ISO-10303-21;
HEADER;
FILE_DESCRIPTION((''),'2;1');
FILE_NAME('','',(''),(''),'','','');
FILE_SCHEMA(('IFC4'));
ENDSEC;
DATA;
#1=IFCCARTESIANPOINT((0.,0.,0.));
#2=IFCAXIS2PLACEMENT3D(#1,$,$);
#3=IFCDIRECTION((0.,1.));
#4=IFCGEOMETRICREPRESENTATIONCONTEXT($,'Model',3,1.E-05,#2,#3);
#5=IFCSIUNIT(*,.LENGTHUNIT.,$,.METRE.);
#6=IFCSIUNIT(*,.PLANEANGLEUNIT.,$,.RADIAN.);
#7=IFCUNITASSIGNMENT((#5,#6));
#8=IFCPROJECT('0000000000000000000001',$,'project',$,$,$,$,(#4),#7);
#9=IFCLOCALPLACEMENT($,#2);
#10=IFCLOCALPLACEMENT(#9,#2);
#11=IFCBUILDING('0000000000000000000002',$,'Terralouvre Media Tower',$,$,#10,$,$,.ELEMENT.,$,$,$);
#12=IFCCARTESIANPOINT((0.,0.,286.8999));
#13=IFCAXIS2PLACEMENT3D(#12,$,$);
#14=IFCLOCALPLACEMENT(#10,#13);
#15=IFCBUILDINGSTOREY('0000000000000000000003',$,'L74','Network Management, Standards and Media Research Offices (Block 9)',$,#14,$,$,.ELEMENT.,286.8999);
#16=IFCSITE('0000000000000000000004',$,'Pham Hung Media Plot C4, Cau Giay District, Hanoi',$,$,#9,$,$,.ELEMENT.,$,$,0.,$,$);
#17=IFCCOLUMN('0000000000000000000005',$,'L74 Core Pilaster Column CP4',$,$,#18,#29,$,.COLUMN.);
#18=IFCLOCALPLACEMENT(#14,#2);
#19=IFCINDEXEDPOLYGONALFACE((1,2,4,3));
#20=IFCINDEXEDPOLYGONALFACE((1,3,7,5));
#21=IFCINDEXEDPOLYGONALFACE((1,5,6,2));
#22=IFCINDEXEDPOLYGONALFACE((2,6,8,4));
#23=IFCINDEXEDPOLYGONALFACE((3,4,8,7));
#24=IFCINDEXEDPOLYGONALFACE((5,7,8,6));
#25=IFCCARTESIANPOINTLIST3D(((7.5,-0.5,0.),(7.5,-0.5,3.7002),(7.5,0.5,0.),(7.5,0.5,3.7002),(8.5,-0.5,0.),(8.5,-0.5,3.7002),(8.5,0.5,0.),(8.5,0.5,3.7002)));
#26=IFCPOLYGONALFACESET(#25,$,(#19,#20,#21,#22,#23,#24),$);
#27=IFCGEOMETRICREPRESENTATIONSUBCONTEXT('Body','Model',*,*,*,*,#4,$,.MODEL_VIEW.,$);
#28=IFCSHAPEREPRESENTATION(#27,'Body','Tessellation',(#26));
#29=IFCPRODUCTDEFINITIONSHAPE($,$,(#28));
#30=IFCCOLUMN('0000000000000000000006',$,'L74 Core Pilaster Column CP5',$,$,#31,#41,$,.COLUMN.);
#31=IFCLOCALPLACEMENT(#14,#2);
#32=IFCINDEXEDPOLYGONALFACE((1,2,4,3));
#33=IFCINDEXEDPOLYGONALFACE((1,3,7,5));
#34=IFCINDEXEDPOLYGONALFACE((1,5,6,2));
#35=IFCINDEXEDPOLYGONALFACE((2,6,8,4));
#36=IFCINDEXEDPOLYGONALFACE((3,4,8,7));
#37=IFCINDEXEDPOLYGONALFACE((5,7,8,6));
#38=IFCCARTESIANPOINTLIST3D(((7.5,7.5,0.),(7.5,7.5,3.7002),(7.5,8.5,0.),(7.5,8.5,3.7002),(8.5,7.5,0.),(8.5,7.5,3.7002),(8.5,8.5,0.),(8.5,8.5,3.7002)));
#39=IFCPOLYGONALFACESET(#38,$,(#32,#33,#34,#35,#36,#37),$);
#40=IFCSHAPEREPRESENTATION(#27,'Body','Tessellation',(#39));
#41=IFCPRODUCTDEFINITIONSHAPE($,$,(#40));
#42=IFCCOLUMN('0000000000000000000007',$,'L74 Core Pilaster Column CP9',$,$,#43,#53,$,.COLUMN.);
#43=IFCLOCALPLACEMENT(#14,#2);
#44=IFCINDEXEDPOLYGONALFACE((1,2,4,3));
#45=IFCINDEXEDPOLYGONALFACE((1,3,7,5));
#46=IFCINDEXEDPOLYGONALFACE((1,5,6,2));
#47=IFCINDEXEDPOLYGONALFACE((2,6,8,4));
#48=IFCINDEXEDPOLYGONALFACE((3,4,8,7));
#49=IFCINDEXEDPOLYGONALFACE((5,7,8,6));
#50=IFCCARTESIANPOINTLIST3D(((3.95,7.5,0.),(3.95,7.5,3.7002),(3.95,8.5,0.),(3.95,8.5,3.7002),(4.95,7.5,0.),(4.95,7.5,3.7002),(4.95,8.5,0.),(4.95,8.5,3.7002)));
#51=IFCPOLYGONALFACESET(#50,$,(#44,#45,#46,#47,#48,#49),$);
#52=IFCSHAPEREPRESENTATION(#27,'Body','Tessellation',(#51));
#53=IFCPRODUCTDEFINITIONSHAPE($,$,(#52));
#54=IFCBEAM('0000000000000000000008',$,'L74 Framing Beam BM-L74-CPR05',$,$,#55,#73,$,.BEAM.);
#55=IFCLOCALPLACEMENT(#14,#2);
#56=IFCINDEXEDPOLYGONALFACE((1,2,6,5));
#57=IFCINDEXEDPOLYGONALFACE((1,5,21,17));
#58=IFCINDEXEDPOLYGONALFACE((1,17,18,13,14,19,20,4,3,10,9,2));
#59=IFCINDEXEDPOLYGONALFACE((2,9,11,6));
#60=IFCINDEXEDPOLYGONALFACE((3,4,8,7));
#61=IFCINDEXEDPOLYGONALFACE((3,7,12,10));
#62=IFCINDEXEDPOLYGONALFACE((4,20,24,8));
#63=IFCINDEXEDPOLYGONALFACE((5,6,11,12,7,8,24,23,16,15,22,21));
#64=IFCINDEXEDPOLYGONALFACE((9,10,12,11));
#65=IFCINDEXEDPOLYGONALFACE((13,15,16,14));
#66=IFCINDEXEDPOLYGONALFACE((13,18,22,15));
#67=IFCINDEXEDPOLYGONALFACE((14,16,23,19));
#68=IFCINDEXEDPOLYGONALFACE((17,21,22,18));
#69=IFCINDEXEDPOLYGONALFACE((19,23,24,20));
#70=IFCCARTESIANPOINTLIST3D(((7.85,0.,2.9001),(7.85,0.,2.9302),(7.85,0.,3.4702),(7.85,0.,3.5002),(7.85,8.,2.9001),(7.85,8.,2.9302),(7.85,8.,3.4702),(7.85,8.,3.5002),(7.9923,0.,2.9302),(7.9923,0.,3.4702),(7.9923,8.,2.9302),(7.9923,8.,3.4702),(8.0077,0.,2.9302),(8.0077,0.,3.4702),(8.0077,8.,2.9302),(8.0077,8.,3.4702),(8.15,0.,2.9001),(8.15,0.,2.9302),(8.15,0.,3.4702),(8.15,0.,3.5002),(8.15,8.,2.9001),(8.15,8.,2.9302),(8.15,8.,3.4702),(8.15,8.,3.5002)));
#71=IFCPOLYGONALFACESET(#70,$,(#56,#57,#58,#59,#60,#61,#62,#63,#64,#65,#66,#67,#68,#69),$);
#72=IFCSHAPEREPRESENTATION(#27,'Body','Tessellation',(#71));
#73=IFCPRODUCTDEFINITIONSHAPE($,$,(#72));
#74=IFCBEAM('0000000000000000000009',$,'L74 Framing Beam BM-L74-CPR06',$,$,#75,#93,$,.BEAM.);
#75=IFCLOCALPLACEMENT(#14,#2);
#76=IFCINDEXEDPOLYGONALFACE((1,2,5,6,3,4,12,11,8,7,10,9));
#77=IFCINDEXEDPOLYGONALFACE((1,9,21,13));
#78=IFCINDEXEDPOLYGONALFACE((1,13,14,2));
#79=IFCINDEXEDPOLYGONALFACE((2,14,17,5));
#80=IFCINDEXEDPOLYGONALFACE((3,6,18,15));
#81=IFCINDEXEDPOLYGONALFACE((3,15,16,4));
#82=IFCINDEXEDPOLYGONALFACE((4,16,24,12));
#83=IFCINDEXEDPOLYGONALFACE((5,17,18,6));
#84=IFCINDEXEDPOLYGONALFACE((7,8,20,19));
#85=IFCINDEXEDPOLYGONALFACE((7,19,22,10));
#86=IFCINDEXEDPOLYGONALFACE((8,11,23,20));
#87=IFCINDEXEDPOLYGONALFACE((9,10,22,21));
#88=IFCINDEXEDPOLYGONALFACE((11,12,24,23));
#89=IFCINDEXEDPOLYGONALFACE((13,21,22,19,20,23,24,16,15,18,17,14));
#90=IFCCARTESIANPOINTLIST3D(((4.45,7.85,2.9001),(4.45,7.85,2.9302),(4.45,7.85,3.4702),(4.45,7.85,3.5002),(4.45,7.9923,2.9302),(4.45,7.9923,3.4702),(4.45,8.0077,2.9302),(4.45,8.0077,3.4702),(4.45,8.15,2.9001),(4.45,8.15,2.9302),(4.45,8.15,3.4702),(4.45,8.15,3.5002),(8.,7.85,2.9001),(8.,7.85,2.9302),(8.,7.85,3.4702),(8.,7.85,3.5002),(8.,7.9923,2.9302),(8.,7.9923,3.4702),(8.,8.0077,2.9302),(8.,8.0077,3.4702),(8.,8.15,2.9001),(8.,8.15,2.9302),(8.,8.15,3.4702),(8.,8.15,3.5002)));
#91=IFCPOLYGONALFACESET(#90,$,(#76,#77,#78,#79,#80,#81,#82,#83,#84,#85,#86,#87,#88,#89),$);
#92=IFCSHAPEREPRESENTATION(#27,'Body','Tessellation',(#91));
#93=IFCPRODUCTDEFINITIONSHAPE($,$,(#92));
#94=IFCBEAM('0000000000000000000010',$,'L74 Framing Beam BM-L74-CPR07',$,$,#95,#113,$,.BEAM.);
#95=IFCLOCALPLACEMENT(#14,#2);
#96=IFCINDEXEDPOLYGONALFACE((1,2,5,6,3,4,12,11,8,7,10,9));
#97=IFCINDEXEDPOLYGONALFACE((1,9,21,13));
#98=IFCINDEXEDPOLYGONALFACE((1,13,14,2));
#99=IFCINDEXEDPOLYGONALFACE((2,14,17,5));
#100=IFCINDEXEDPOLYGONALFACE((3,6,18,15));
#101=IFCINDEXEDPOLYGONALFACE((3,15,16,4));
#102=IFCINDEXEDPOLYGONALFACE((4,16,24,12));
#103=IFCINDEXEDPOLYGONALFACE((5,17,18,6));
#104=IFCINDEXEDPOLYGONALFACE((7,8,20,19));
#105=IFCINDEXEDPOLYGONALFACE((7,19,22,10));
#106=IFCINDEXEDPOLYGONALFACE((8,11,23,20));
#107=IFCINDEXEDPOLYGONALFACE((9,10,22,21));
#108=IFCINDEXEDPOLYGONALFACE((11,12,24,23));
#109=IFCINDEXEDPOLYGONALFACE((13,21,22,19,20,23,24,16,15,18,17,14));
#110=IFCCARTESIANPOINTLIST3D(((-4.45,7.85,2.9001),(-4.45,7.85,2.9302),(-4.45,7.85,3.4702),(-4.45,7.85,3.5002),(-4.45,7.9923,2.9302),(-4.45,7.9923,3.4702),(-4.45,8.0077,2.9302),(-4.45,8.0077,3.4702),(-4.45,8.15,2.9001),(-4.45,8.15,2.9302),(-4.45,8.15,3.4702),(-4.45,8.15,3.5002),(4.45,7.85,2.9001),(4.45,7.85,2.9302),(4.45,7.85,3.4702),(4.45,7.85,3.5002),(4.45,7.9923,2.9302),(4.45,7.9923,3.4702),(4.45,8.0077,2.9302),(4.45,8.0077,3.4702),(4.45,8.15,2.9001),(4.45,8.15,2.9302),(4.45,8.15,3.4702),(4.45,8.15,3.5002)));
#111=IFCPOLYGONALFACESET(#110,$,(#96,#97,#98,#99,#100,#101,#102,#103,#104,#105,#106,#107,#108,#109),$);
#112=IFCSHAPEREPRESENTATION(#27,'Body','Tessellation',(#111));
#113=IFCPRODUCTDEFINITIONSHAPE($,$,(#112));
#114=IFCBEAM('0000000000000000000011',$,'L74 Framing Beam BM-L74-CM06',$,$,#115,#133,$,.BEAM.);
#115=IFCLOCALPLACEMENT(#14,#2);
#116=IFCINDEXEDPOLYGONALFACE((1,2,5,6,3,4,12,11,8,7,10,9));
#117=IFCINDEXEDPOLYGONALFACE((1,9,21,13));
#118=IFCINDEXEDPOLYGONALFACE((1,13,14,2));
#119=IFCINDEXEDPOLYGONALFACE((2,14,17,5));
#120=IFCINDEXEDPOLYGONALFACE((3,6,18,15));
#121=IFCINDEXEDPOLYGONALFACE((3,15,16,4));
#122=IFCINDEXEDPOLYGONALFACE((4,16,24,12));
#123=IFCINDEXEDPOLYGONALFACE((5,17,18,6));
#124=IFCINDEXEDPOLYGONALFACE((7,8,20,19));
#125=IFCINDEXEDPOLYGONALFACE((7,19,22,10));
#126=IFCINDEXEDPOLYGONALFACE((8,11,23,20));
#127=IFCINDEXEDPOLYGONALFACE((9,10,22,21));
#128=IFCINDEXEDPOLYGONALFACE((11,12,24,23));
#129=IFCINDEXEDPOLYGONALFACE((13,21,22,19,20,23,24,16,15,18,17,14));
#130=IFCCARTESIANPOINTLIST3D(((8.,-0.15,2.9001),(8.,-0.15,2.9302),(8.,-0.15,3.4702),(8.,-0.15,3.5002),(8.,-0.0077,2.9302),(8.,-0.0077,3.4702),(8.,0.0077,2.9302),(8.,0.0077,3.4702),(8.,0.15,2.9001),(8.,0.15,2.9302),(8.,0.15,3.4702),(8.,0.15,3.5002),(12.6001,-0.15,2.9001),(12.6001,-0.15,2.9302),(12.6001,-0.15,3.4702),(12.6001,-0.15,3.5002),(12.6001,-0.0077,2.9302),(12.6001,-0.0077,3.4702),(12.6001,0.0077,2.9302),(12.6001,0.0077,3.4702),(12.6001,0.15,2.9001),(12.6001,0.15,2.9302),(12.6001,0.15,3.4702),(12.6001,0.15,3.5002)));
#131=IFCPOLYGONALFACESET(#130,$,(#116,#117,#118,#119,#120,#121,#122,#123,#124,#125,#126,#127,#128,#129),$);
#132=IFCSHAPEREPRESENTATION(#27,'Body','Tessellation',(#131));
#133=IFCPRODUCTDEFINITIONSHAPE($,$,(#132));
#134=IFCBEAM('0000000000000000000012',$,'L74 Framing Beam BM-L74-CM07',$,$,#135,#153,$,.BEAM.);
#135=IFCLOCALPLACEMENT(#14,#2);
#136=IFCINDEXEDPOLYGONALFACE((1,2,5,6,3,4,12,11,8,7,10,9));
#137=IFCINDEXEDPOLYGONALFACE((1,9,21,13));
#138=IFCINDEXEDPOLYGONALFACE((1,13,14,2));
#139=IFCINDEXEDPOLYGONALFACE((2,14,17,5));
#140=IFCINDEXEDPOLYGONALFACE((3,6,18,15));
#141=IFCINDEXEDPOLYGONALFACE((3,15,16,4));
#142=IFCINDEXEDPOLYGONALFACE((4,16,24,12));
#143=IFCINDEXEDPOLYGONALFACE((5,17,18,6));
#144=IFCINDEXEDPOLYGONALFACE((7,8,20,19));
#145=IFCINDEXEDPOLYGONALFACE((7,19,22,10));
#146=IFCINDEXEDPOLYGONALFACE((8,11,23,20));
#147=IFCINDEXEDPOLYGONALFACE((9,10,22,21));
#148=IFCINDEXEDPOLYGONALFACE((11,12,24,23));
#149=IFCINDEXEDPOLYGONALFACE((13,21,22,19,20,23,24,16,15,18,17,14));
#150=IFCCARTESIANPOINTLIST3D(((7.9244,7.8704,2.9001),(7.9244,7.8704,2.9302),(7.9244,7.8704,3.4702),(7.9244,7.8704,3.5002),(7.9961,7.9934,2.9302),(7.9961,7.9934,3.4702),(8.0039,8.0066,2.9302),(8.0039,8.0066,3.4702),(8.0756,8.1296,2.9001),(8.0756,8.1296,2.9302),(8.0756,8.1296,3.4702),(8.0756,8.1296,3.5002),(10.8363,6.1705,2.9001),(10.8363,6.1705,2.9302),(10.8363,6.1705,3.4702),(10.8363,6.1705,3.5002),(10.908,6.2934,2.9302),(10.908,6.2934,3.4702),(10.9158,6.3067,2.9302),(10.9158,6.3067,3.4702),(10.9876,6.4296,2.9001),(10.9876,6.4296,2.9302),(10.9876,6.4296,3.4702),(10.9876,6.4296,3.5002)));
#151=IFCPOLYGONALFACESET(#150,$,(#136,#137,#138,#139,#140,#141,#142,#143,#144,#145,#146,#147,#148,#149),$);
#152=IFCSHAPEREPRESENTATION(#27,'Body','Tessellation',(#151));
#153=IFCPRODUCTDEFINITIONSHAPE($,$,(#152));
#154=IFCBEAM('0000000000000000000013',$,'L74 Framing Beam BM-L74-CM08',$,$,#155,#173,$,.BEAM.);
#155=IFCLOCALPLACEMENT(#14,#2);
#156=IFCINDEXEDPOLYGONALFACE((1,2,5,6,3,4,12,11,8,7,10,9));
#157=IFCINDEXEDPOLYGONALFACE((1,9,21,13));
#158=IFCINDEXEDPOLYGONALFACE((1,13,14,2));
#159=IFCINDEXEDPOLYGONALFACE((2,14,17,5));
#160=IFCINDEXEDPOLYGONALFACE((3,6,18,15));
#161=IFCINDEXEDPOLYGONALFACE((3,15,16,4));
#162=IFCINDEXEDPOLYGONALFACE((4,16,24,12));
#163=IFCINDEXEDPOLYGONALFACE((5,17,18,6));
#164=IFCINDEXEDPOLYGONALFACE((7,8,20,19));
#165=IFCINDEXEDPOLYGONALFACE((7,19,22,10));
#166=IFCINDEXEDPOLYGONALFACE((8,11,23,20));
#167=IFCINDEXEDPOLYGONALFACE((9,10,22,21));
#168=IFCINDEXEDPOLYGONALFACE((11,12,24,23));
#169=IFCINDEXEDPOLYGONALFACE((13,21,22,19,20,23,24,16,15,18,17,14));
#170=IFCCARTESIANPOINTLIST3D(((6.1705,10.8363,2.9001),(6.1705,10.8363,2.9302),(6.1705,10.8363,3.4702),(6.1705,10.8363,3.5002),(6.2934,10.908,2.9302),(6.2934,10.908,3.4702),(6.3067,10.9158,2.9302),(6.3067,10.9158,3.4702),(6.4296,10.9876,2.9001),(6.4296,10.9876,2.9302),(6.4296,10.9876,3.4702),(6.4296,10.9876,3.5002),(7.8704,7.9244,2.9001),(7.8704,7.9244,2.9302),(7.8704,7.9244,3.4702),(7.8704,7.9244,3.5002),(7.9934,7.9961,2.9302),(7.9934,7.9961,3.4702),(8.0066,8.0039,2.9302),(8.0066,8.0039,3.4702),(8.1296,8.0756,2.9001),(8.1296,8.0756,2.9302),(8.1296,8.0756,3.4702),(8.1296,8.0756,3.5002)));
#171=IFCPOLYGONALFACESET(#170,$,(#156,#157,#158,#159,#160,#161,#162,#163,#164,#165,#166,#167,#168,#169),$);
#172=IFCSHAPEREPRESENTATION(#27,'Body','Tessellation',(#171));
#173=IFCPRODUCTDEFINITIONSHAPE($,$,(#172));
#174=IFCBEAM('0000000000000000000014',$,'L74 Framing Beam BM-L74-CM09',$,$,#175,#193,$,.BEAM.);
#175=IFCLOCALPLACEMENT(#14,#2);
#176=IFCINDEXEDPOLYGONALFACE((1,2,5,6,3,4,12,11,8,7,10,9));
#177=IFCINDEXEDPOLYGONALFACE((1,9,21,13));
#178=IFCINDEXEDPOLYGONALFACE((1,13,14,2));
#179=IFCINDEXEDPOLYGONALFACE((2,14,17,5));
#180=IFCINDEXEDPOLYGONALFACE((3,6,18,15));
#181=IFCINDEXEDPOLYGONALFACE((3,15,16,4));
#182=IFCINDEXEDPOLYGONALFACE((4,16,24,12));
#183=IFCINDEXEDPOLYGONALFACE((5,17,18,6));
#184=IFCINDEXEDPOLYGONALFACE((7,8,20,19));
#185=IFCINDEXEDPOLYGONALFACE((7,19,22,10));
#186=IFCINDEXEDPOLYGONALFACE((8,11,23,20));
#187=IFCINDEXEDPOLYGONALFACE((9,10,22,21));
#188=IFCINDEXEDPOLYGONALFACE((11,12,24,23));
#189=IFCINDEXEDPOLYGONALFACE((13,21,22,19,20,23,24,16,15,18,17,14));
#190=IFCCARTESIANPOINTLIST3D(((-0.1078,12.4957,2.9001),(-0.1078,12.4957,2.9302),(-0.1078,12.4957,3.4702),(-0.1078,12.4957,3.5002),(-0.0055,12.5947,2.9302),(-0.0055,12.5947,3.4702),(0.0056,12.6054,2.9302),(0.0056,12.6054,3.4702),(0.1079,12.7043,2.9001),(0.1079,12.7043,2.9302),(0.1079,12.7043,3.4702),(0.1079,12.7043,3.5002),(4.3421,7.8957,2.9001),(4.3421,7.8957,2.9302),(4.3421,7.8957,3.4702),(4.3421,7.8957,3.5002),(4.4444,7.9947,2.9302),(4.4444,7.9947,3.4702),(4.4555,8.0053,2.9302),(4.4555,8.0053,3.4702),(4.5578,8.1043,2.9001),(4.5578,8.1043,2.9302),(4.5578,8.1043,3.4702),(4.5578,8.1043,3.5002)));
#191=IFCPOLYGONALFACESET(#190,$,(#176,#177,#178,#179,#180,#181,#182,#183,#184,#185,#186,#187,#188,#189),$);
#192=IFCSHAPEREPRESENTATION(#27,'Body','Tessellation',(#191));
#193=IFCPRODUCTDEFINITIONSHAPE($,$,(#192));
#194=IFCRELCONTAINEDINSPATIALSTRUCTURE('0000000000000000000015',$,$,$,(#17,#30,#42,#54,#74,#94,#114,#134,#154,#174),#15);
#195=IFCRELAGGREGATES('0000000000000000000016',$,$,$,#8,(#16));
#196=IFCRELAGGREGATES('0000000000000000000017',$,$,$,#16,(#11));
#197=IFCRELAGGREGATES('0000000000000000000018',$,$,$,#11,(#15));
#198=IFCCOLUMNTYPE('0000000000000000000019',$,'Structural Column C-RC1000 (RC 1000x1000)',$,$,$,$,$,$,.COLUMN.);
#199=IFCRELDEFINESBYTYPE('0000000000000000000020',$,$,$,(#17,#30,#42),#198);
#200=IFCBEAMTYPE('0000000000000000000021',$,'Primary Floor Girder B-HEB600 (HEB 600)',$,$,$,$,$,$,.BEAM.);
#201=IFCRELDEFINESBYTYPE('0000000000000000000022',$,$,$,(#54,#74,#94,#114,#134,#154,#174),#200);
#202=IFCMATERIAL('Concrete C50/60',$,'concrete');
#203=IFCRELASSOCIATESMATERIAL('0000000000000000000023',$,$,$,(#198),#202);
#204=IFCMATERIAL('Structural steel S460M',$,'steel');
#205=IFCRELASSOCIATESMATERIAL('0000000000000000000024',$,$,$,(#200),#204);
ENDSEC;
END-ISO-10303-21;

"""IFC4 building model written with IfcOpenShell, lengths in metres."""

from ifc_helpers import new_model, si_unit, direction, frame, origin, origin_2d, place, context, subcontext, project, spatial, rectangle, i_section, extrude, material, material_profile, profile_set, type_object, element, save


model = new_model("IFC4")

# Units and contexts
model_context = context("Model", 3, precision=1e-05, world=origin(), true_north=direction((0.0, 1.0)))
body_context = subcontext(model_context, "Body", "Model", "MODEL_VIEW")
ifc_project = project(units=[si_unit("LENGTHUNIT", "METRE"), si_unit("PLANEANGLEUNIT", "RADIAN")], contexts=[model_context])

# Site, building, storey
site_placement = place(None, origin())
site = spatial("IfcSite", under=ifc_project, at=site_placement, Name="Pham Hung Media Plot C4, Cau Giay District, Hanoi", CompositionType="ELEMENT", RefElevation=0.0)
building_placement = place(site_placement, origin())
building = spatial("IfcBuilding", under=site, at=building_placement, Name="Terralouvre Media Tower", CompositionType="ELEMENT")
storey_placement = place(building_placement, frame((0.0, 0.0, 286.8999)))
storey = spatial("IfcBuildingStorey", under=building, at=storey_placement, Name="L74", Description="Network Management, Standards and Media Research Offices (Block 9)", CompositionType="ELEMENT", Elevation=286.8999)

# Columns
ifc_material_1 = material(Name="Concrete C50/60", Category="concrete")
ifc_material_profile_1 = material_profile(ifc_material_1, rectangle(XDim=1.0, YDim=1.0, at=origin_2d()), Name="RC 1000x1000")
ifc_profile_set_1 = profile_set([ifc_material_profile_1], Name="Concrete C50/60")
column_type = type_object("IfcColumnType", Name="Structural Column C-RC1000 (RC 1000x1000)", PredefinedType="COLUMN", material=ifc_profile_set_1)
for number, where, z_axis, x_axis, name in (
    (1, (8.0, 0.0, 0.0), (0.0, 0.0, 1.0), (1.0, 0.0, 0.0), "L74 Core Pilaster Column CP4"),
    (2, (8.0, 8.0, 0.0), (0.0, 0.0, 1.0), (1.0, 0.0, 0.0), "L74 Core Pilaster Column CP5"),
    (3, (4.45, 8.0, 0.0), (0.0, 0.0, 1.0), (1.0, 0.0, 0.0), "L74 Core Pilaster Column CP9"),
):
    element("IfcColumn", number, at=place(storey_placement, frame(where, z_axis=z_axis, x_axis=x_axis)), inside=storey, type_object=column_type, Name=name, PredefinedType="COLUMN", context=body_context, shape_type="SweptSolid", body=[
        extrude(rectangle(XDim=1.0, YDim=1.0, at=origin_2d()), origin(), (0.0, 0.0, 1.0), 3.7002),
    ])

# Beams
ifc_material_2 = material(Name="Structural steel S460M", Category="steel")
ifc_material_profile_2 = material_profile(ifc_material_2, i_section(OverallWidth=0.3, OverallDepth=0.6001, WebThickness=0.0154, FlangeThickness=0.03, at=origin_2d()), Name="HEB 600")
ifc_profile_set_2 = profile_set([ifc_material_profile_2], Name="Structural steel S460M")
beam_type = type_object("IfcBeamType", Name="Primary Floor Girder B-HEB600 (HEB 600)", PredefinedType="BEAM", material=ifc_profile_set_2)
beam_1_placement = place(storey_placement, frame((8.0, 0.0, 3.2002), z_axis=(0.0, 1.0, 0.0), x_axis=(-1.0, 0.0, 0.0)))
element("IfcBeam", 4, at=beam_1_placement, inside=storey, type_object=beam_type, Name="L74 Framing Beam BM-L74-CPR05", PredefinedType="BEAM", context=body_context, shape_type="SweptSolid", body=[
    extrude(i_section(OverallWidth=0.3, OverallDepth=0.6001, WebThickness=0.0154, FlangeThickness=0.03, at=origin_2d()), origin(), (0.0, 0.0, 1.0), 8.0),
])
beam_2_placement = place(storey_placement, frame((8.0, 8.0, 3.2002), z_axis=(-1.0, 0.0, 0.0), x_axis=(0.0, -1.0, 0.0)))
element("IfcBeam", 5, at=beam_2_placement, inside=storey, type_object=beam_type, Name="L74 Framing Beam BM-L74-CPR06", PredefinedType="BEAM", context=body_context, shape_type="SweptSolid", body=[
    extrude(i_section(OverallWidth=0.3, OverallDepth=0.6001, WebThickness=0.0154, FlangeThickness=0.03, at=origin_2d()), origin(), (0.0, 0.0, 1.0), 3.55),
])
beam_3_placement = place(storey_placement, frame((4.45, 8.0, 3.2002), z_axis=(-1.0, 0.0, 0.0), x_axis=(0.0, -1.0, 0.0)))
element("IfcBeam", 6, at=beam_3_placement, inside=storey, type_object=beam_type, Name="L74 Framing Beam BM-L74-CPR07", PredefinedType="BEAM", context=body_context, shape_type="SweptSolid", body=[
    extrude(i_section(OverallWidth=0.3, OverallDepth=0.6001, WebThickness=0.0154, FlangeThickness=0.03, at=origin_2d()), origin(), (0.0, 0.0, 1.0), 8.8999),
])
beam_4_placement = place(storey_placement, frame((8.0, 0.0, 3.2002), z_axis=(1.0, 0.0, 0.0), x_axis=(0.0, 1.0, 0.0)))
element("IfcBeam", 7, at=beam_4_placement, inside=storey, type_object=beam_type, Name="L74 Framing Beam BM-L74-CM06", PredefinedType="BEAM", context=body_context, shape_type="SweptSolid", body=[
    extrude(i_section(OverallWidth=0.3, OverallDepth=0.6001, WebThickness=0.0154, FlangeThickness=0.03, at=origin_2d()), origin(), (0.0, 0.0, 1.0), 4.6001),
])
for number, where, z_axis, x_axis, name in (
    (8, (8.0, 8.0, 3.2002), (0.863603, -0.504173, 0.0), (0.504173, 0.863603, 0.0), "L74 Framing Beam BM-L74-CM07"),
    (9, (8.0, 8.0, 3.2002), (-0.504173, 0.863603, 0.0), (-0.863603, -0.504173, 0.0), "L74 Framing Beam BM-L74-CM08"),
):
    element("IfcBeam", number, at=place(storey_placement, frame(where, z_axis=z_axis, x_axis=x_axis)), inside=storey, type_object=beam_type, Name=name, PredefinedType="BEAM", context=body_context, shape_type="SweptSolid", body=[
        extrude(i_section(OverallWidth=0.3, OverallDepth=0.6001, WebThickness=0.0154, FlangeThickness=0.03, at=origin_2d()), origin(), (0.0, 0.0, 1.0), 3.3718),
    ])
beam_5_placement = place(storey_placement, frame((4.45, 8.0, 3.2002), z_axis=(-0.69528, 0.718739, 0.0), x_axis=(-0.718739, -0.69528, 0.0)))
element("IfcBeam", 10, at=beam_5_placement, inside=storey, type_object=beam_type, Name="L74 Framing Beam BM-L74-CM09", PredefinedType="BEAM", context=body_context, shape_type="SweptSolid", body=[
    extrude(i_section(OverallWidth=0.3, OverallDepth=0.6001, WebThickness=0.0154, FlangeThickness=0.03, at=origin_2d()), origin(), (0.0, 0.0, 1.0), 6.4001),
])

save(model, "model.ifc")
